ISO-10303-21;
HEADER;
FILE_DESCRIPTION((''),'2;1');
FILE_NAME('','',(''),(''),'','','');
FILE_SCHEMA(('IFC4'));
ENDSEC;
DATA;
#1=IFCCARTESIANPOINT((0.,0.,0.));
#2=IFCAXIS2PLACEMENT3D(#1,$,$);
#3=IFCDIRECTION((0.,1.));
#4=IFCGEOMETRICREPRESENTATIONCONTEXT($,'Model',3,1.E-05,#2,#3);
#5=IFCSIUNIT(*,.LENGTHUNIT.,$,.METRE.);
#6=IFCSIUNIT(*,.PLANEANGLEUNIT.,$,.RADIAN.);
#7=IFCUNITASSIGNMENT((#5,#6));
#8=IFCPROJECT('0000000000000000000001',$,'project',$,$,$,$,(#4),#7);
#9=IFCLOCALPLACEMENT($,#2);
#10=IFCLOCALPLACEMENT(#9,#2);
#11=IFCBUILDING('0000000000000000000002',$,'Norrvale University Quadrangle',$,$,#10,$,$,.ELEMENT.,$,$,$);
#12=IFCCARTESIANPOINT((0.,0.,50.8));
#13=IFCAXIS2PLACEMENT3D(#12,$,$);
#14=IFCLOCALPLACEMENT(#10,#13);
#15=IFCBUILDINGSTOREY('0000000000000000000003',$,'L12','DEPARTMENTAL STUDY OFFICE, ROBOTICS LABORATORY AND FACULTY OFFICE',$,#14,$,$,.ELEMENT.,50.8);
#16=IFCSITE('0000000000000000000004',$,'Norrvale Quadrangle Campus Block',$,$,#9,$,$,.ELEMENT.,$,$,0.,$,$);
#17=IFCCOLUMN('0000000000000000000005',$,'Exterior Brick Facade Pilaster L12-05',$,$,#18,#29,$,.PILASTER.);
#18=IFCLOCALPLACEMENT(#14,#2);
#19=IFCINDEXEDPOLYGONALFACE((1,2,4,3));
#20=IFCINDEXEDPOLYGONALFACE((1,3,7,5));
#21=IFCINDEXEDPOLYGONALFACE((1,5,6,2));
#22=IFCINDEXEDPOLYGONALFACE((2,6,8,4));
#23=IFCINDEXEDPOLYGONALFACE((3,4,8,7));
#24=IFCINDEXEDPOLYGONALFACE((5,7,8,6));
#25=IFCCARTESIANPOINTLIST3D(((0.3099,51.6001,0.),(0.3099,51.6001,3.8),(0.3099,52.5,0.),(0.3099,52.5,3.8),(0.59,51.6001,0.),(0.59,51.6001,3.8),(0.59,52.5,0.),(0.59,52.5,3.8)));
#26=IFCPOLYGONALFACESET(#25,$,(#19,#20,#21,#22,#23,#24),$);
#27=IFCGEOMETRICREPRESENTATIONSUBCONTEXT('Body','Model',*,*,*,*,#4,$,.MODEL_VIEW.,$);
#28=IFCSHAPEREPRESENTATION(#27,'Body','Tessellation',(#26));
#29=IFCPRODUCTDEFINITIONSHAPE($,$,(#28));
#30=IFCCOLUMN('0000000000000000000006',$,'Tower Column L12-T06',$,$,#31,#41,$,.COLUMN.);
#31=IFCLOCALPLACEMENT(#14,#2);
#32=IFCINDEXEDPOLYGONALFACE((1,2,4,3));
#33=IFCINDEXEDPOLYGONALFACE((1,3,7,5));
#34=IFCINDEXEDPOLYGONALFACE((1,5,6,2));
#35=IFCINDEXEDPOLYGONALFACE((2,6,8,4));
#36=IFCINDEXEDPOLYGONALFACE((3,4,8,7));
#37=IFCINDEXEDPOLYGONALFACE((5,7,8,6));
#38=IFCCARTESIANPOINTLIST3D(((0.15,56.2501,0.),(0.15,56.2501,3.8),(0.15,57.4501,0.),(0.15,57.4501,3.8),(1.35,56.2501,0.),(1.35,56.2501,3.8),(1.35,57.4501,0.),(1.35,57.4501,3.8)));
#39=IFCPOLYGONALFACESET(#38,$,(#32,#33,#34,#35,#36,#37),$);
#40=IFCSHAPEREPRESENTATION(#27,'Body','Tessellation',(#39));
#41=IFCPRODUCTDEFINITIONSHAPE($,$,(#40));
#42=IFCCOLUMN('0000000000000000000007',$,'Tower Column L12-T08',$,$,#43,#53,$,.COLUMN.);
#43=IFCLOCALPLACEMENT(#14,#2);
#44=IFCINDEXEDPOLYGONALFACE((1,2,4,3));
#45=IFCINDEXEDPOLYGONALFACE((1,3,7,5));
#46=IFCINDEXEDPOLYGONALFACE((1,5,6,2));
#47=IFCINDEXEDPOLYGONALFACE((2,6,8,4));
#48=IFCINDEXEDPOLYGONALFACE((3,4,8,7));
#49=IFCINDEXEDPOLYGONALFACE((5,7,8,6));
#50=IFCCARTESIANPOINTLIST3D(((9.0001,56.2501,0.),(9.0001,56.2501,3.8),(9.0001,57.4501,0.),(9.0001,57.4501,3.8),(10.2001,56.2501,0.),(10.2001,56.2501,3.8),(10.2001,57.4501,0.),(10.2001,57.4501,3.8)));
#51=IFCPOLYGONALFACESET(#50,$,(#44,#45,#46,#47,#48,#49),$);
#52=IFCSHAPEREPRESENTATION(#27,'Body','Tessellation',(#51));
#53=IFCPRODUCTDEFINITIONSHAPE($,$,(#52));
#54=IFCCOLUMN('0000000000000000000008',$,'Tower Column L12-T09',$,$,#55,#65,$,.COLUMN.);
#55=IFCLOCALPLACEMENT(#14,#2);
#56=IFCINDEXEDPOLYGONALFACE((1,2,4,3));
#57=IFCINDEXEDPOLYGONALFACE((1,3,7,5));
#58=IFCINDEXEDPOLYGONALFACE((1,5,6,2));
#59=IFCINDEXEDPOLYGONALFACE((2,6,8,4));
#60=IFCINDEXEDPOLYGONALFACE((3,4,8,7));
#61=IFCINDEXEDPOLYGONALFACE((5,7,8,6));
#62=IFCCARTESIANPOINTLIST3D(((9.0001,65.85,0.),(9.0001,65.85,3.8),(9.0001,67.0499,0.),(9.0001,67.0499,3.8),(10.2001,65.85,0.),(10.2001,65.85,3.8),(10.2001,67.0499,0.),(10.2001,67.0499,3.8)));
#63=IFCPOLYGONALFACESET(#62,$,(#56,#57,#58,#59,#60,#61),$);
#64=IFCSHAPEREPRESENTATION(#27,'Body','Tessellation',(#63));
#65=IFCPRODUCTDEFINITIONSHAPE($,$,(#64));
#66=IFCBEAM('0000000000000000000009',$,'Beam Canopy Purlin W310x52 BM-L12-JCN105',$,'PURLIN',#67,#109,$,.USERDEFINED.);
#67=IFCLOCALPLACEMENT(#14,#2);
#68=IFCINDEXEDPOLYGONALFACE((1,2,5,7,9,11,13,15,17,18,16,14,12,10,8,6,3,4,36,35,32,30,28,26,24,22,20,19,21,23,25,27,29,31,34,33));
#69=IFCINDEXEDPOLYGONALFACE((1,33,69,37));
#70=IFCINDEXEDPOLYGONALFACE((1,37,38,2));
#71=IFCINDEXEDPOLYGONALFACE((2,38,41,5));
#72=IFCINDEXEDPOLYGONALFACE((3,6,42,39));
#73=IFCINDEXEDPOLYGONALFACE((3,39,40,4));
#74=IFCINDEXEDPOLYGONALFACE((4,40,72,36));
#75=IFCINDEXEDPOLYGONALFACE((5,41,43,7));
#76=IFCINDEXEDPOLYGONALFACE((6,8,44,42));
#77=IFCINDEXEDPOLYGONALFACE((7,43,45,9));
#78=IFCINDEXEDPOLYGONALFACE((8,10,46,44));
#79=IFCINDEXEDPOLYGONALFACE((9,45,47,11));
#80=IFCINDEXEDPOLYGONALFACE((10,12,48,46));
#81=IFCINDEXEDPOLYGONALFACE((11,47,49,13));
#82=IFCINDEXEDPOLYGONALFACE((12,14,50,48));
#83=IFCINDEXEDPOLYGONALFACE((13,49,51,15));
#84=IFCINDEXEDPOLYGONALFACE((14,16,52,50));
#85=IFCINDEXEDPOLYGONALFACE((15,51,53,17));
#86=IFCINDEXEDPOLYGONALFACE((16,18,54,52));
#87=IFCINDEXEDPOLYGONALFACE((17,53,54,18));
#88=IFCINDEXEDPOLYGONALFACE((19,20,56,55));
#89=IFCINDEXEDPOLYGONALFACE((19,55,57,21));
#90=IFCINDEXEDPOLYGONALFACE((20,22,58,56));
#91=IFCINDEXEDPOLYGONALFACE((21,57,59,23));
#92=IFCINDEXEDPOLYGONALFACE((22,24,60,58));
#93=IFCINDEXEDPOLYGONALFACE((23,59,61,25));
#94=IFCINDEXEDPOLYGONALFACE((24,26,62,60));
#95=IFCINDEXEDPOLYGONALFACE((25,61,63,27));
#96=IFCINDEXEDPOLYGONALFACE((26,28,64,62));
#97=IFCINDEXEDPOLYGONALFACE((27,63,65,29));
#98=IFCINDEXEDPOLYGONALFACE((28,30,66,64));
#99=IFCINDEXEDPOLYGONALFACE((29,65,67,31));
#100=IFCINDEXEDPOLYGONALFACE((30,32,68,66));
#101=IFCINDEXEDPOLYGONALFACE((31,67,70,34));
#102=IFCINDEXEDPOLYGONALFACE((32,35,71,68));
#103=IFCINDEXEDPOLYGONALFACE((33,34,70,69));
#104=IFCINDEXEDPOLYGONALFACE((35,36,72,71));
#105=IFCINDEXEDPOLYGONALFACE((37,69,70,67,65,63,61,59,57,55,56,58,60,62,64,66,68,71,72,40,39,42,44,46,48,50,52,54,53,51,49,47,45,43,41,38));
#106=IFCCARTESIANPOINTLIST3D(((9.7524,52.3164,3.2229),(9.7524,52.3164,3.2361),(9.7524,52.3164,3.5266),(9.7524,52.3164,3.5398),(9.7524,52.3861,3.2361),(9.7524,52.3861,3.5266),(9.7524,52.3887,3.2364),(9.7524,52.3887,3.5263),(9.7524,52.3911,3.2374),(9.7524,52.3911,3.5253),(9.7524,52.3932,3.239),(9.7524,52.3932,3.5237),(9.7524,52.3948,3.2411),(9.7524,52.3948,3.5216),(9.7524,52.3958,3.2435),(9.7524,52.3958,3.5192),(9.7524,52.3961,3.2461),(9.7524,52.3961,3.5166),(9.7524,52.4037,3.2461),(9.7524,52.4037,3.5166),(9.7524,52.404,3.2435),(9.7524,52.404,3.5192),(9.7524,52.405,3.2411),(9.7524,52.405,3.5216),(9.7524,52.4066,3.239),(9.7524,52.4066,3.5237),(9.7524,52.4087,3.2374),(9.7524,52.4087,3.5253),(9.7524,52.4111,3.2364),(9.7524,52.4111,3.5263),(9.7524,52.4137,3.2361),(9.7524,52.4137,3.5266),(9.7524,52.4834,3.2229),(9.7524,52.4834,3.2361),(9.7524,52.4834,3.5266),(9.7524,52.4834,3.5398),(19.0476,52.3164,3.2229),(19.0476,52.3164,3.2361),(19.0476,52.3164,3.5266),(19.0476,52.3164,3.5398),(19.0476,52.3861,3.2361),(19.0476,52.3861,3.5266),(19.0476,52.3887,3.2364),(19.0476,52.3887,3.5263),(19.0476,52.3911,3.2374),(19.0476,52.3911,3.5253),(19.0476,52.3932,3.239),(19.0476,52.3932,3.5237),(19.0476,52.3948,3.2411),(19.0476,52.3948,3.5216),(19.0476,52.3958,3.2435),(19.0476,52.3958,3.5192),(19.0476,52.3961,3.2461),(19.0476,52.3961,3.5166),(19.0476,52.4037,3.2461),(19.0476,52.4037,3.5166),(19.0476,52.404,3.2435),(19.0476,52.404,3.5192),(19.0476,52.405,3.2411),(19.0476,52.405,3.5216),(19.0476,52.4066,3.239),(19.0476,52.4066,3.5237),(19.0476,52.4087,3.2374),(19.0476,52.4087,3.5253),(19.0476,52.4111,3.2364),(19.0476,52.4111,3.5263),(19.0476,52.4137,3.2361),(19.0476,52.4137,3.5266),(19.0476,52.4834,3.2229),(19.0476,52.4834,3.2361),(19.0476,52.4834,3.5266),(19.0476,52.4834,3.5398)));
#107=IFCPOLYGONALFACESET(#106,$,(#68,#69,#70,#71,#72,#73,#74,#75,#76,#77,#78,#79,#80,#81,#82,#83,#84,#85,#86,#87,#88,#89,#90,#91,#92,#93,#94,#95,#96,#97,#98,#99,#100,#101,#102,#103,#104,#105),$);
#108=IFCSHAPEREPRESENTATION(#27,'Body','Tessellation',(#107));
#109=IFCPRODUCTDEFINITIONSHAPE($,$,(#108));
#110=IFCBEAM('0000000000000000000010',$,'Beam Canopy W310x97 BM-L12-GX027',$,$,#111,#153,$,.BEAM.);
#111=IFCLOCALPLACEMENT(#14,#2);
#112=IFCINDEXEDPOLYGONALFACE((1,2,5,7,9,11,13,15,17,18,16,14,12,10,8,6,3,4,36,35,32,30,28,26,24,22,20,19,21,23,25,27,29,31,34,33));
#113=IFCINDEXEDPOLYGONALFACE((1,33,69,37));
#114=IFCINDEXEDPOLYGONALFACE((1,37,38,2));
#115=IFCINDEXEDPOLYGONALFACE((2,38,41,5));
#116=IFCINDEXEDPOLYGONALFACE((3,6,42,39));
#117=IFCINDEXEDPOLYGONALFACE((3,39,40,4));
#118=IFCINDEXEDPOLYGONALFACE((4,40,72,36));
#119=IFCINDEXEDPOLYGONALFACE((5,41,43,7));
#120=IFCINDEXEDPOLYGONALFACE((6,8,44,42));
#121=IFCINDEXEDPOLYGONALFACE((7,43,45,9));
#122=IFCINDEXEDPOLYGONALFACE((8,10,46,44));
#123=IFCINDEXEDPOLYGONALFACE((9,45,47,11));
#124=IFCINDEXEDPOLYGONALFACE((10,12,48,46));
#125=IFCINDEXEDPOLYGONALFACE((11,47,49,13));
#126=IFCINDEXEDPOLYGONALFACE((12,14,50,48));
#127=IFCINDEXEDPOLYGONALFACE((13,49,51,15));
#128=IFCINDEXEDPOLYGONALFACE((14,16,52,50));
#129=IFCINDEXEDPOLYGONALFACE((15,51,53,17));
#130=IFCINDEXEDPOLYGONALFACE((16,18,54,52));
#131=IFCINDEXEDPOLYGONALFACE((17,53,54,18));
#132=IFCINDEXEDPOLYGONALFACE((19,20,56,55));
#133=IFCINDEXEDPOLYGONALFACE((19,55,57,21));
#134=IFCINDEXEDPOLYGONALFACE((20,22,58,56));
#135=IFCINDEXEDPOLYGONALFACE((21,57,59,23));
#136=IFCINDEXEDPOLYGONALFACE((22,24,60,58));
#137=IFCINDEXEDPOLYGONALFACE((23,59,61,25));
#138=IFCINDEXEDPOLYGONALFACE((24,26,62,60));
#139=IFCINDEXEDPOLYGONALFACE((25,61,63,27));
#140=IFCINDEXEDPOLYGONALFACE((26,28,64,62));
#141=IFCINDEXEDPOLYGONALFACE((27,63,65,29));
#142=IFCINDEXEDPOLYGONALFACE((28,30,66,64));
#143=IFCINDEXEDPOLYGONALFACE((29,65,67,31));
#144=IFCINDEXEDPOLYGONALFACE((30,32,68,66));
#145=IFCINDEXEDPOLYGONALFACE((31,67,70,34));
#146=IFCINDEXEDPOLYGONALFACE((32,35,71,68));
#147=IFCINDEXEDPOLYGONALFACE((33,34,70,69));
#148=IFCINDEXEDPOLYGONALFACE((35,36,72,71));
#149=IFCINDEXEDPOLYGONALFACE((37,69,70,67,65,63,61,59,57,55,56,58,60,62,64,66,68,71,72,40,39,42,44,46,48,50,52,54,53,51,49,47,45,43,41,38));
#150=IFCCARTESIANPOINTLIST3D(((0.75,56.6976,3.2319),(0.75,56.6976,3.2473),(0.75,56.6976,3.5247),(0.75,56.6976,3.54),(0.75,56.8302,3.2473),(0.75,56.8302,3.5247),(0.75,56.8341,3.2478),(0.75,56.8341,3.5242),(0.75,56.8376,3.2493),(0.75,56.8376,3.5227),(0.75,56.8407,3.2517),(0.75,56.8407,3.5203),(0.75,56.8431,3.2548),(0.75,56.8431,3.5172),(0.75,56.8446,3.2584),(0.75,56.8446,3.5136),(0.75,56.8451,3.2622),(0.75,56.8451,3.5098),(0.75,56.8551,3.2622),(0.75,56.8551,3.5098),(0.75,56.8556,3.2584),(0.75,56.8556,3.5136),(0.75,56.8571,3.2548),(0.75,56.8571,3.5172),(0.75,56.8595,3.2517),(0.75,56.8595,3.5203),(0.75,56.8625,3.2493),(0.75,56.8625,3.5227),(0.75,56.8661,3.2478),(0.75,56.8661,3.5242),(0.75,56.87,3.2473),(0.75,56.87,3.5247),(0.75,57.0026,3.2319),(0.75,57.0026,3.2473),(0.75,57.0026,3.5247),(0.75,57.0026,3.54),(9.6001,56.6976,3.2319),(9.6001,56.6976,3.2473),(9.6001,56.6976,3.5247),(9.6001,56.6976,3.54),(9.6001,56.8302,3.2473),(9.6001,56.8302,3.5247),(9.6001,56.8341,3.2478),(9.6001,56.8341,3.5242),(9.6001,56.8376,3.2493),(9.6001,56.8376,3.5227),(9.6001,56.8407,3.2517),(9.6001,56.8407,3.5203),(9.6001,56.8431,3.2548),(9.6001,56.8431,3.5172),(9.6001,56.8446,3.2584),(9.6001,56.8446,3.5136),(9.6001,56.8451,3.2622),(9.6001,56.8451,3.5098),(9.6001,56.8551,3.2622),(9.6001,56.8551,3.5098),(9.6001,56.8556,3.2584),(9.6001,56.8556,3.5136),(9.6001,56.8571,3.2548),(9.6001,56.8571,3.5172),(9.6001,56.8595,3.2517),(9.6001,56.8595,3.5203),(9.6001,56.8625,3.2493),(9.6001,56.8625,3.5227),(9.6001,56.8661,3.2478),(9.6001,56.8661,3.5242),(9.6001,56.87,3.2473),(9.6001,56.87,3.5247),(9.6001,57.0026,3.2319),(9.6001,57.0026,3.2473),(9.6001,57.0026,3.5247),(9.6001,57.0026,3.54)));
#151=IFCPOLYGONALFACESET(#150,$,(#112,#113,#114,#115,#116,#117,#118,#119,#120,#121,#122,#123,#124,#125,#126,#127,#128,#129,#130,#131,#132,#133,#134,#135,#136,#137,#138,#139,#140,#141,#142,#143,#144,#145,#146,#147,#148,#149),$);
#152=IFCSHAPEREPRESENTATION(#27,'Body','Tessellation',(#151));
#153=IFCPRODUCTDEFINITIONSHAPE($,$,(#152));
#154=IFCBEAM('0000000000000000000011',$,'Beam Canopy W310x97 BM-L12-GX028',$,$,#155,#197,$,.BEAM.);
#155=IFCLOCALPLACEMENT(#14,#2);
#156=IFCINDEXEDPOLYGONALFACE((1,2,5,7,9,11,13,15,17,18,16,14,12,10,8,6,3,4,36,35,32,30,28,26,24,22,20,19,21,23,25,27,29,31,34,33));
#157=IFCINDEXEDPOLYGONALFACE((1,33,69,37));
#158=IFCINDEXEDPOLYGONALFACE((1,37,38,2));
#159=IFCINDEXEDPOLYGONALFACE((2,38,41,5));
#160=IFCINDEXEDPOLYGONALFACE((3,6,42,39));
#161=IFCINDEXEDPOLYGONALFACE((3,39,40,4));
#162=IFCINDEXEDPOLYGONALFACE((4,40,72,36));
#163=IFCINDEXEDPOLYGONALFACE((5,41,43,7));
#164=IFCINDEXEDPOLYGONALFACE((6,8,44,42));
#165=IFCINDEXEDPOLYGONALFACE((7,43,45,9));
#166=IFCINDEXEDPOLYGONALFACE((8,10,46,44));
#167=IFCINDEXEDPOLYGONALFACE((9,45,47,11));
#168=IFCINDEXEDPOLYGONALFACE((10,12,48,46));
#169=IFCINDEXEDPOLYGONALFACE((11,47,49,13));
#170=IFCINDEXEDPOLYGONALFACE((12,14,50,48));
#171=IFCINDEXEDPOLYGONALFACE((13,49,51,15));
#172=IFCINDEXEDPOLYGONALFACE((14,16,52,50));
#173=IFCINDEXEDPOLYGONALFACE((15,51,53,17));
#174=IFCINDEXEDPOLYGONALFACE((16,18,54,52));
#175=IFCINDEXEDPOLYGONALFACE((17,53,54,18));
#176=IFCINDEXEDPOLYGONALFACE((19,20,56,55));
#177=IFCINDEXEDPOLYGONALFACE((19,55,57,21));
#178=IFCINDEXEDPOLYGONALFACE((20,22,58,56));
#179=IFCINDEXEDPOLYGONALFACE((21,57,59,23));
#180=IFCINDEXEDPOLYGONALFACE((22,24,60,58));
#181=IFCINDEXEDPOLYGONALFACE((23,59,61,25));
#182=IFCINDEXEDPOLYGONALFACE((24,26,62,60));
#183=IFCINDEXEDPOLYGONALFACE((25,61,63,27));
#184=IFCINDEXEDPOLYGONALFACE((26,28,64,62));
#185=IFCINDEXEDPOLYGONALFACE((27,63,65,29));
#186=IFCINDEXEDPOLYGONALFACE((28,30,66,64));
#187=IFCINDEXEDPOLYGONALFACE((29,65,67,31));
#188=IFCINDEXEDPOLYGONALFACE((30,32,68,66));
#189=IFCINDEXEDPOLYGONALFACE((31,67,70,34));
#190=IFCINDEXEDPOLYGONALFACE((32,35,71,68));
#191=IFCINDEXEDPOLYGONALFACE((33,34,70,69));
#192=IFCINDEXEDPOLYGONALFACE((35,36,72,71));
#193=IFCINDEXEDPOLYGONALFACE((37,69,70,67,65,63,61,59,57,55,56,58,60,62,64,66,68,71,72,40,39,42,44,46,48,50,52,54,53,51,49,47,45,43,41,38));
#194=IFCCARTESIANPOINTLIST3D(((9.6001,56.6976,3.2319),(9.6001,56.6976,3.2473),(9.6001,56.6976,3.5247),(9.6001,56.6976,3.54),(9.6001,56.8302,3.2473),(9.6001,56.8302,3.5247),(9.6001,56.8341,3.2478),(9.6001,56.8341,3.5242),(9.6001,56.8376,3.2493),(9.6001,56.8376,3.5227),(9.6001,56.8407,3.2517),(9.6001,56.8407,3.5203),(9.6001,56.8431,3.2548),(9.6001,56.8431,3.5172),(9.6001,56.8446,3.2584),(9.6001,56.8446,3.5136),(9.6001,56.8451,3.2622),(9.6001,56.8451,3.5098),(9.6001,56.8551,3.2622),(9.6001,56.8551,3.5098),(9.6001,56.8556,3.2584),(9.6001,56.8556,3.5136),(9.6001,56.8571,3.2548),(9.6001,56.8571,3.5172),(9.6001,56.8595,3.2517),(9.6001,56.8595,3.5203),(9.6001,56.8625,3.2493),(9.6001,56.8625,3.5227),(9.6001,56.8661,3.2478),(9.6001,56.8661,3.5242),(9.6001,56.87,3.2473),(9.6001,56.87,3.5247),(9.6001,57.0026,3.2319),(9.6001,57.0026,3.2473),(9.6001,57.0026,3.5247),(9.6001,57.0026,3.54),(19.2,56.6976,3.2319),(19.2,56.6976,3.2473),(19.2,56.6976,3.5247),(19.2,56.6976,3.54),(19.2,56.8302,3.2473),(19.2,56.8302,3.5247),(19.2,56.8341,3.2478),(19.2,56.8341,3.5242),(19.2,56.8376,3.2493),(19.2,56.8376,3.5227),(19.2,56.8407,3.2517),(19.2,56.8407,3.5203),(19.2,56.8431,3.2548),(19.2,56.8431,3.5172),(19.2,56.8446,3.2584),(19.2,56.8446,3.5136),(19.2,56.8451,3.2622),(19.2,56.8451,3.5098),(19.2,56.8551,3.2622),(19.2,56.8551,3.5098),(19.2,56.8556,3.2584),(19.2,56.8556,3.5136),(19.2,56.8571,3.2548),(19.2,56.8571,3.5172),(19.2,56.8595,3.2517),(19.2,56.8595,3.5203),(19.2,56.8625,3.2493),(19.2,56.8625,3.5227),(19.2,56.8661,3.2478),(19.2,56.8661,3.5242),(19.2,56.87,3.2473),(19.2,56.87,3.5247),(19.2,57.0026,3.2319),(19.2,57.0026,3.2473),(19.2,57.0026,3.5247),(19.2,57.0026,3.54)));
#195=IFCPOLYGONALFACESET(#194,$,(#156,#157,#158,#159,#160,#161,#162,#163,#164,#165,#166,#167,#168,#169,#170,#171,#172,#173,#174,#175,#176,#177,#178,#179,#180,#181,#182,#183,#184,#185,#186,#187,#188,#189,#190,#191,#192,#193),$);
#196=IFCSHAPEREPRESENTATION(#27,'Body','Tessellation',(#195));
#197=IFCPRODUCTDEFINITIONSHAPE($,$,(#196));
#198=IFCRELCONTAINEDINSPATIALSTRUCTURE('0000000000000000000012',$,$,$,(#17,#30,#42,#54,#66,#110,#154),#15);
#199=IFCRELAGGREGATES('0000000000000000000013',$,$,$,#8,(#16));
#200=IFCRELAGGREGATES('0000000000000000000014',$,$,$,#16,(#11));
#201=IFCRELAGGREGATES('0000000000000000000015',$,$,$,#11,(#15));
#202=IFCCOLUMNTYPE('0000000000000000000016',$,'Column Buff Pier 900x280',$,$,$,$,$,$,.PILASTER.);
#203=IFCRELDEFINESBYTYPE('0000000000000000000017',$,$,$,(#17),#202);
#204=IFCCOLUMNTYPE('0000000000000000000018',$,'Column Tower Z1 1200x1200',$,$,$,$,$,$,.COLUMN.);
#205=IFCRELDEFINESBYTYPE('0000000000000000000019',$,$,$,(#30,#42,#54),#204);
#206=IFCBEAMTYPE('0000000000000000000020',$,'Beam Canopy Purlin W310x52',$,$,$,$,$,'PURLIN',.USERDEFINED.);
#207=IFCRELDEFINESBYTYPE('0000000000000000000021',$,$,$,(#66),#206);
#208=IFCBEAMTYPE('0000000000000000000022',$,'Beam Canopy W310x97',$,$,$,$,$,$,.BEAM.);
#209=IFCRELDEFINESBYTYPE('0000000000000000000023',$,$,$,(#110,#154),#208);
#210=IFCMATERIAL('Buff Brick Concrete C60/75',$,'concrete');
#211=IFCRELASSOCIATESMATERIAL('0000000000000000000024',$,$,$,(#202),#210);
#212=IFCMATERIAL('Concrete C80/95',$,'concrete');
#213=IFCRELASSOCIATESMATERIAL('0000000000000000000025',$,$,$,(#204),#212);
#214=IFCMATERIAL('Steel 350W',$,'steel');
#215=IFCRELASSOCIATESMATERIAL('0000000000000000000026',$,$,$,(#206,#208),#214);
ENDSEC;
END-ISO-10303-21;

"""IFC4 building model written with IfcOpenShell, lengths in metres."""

from ifc_helpers import new_model, si_unit, direction, frame, origin, origin_2d, place, context, subcontext, project, spatial, rectangle, i_section, extrude, material, material_profile, profile_set, type_object, element, save


model = new_model("IFC4")

# Units and contexts
model_context = context("Model", 3, precision=1e-05, world=origin(), true_north=direction((0.0, 1.0)))
body_context = subcontext(model_context, "Body", "Model", "MODEL_VIEW")
ifc_project = project(units=[si_unit("LENGTHUNIT", "METRE"), si_unit("PLANEANGLEUNIT", "RADIAN")], contexts=[model_context])

# Site, building, storey
site_placement = place(None, origin())
site = spatial("IfcSite", under=ifc_project, at=site_placement, Name="Norrvale Quadrangle Campus Block", CompositionType="ELEMENT", RefElevation=0.0)
building_placement = place(site_placement, origin())
building = spatial("IfcBuilding", under=site, at=building_placement, Name="Norrvale University Quadrangle", CompositionType="ELEMENT")
storey_placement = place(building_placement, frame((0.0, 0.0, 50.8)))
storey = spatial("IfcBuildingStorey", under=building, at=storey_placement, Name="L12", Description="DEPARTMENTAL STUDY OFFICE, ROBOTICS LABORATORY AND FACULTY OFFICE", CompositionType="ELEMENT", Elevation=50.8)

# Columns
ifc_material_1 = material(Name="Buff Brick Concrete C60/75", Category="concrete")
ifc_material_profile_1 = material_profile(ifc_material_1, rectangle(XDim=0.8999, YDim=0.28, at=origin_2d()), Name="Buff Brick Concrete C60/75")
ifc_profile_set_1 = profile_set([ifc_material_profile_1], Name="Buff Brick Concrete C60/75")
column_type_1 = type_object("IfcColumnType", Name="Column Buff Pier 900x280", PredefinedType="PILASTER", material=ifc_profile_set_1)
column_placement = place(storey_placement, frame((0.45, 52.05, 0.0), z_axis=(0.0, 0.0, 1.0), x_axis=(0.0, 1.0, 0.0)))
element("IfcColumn", 1, at=column_placement, inside=storey, type_object=column_type_1, Name="Exterior Brick Facade Pilaster L12-05", PredefinedType="PILASTER", context=body_context, shape_type="SweptSolid", body=[
    extrude(rectangle(XDim=0.8999, YDim=0.28, at=origin_2d()), origin(), (0.0, 0.0, 1.0), 3.8),
])
ifc_material_2 = material(Name="Concrete C80/95", Category="concrete")
ifc_material_profile_2 = material_profile(ifc_material_2, rectangle(XDim=1.2, YDim=1.2, at=origin_2d()), Name="Concrete C80/95")
ifc_profile_set_2 = profile_set([ifc_material_profile_2], Name="Concrete C80/95")
column_type_2 = type_object("IfcColumnType", Name="Column Tower Z1 1200x1200", PredefinedType="COLUMN", material=ifc_profile_set_2)
for number, where, z_axis, x_axis, name in (
    (2, (0.75, 56.8501, 0.0), (0.0, 0.0, 1.0), (1.0, 0.0, 0.0), "Tower Column L12-T06"),
    (3, (9.6001, 56.8501, 0.0), (0.0, 0.0, 1.0), (1.0, 0.0, 0.0), "Tower Column L12-T08"),
    (4, (9.6001, 66.45, 0.0), (0.0, 0.0, 1.0), (1.0, 0.0, 0.0), "Tower Column L12-T09"),
):
    element("IfcColumn", number, at=place(storey_placement, frame(where, z_axis=z_axis, x_axis=x_axis)), inside=storey, type_object=column_type_2, Name=name, PredefinedType="COLUMN", context=body_context, shape_type="SweptSolid", body=[
        extrude(rectangle(XDim=1.2, YDim=1.2, at=origin_2d()), origin(), (0.0, 0.0, 1.0), 3.8),
    ])

# Beams
ifc_material_3 = material(Name="Steel 350W", Category="steel")
ifc_material_profile_3 = material_profile(ifc_material_3, i_section(OverallWidth=0.167, OverallDepth=0.3169, WebThickness=0.0076, FlangeThickness=0.0132, FilletRadius=0.01, at=origin_2d()), Name="Steel 350W")
ifc_profile_set_3 = profile_set([ifc_material_profile_3], Name="Steel 350W")
beam_type_1 = type_object("IfcBeamType", Name="Beam Canopy Purlin W310x52", ElementType="PURLIN", PredefinedType="USERDEFINED", material=ifc_profile_set_3)
beam_1_placement = place(storey_placement, frame((9.7524, 52.3999, 3.3813), z_axis=(1.0, 0.0, 0.0), x_axis=(0.0, 1.0, 0.0)))
element("IfcBeam", 5, at=beam_1_placement, inside=storey, type_object=beam_type_1, Name="Beam Canopy Purlin W310x52 BM-L12-JCN105", ObjectType="PURLIN", PredefinedType="USERDEFINED", context=body_context, shape_type="SweptSolid", body=[
    extrude(i_section(OverallWidth=0.167, OverallDepth=0.3169, WebThickness=0.0076, FlangeThickness=0.0132, FilletRadius=0.01, at=origin_2d()), origin(), (0.0, 0.0, 1.0), 9.2952),
])
ifc_material_profile_4 = material_profile(ifc_material_3, i_section(OverallWidth=0.3049, OverallDepth=0.3081, WebThickness=0.01, FlangeThickness=0.0154, FilletRadius=0.0149, at=origin_2d()), Name="Steel 350W")
ifc_profile_set_4 = profile_set([ifc_material_profile_4], Name="Steel 350W")
beam_type_2 = type_object("IfcBeamType", Name="Beam Canopy W310x97", PredefinedType="BEAM", material=ifc_profile_set_4)
beam_2_placement = place(storey_placement, frame((0.75, 56.8501, 3.386), z_axis=(1.0, 0.0, 0.0), x_axis=(0.0, 1.0, 0.0)))
element("IfcBeam", 6, at=beam_2_placement, inside=storey, type_object=beam_type_2, Name="Beam Canopy W310x97 BM-L12-GX027", PredefinedType="BEAM", context=body_context, shape_type="SweptSolid", body=[
    extrude(i_section(OverallWidth=0.3049, OverallDepth=0.3081, WebThickness=0.01, FlangeThickness=0.0154, FilletRadius=0.0149, at=origin_2d()), origin(), (0.0, 0.0, 1.0), 8.8501),
])
for number, where, z_axis, x_axis, name in (
    (7, (9.6001, 56.8501, 3.386), (1.0, 0.0, 0.0), (0.0, 1.0, 0.0), "Beam Canopy W310x97 BM-L12-GX028"),
):
    element("IfcBeam", number, at=place(storey_placement, frame(where, z_axis=z_axis, x_axis=x_axis)), inside=storey, type_object=beam_type_2, Name=name, PredefinedType="BEAM", context=body_context, shape_type="SweptSolid", body=[
        extrude(i_section(OverallWidth=0.3049, OverallDepth=0.3081, WebThickness=0.01, FlangeThickness=0.0154, FilletRadius=0.0149, at=origin_2d()), origin(), (0.0, 0.0, 1.0), 9.5999),
    ])

save(model, "model.ifc")
